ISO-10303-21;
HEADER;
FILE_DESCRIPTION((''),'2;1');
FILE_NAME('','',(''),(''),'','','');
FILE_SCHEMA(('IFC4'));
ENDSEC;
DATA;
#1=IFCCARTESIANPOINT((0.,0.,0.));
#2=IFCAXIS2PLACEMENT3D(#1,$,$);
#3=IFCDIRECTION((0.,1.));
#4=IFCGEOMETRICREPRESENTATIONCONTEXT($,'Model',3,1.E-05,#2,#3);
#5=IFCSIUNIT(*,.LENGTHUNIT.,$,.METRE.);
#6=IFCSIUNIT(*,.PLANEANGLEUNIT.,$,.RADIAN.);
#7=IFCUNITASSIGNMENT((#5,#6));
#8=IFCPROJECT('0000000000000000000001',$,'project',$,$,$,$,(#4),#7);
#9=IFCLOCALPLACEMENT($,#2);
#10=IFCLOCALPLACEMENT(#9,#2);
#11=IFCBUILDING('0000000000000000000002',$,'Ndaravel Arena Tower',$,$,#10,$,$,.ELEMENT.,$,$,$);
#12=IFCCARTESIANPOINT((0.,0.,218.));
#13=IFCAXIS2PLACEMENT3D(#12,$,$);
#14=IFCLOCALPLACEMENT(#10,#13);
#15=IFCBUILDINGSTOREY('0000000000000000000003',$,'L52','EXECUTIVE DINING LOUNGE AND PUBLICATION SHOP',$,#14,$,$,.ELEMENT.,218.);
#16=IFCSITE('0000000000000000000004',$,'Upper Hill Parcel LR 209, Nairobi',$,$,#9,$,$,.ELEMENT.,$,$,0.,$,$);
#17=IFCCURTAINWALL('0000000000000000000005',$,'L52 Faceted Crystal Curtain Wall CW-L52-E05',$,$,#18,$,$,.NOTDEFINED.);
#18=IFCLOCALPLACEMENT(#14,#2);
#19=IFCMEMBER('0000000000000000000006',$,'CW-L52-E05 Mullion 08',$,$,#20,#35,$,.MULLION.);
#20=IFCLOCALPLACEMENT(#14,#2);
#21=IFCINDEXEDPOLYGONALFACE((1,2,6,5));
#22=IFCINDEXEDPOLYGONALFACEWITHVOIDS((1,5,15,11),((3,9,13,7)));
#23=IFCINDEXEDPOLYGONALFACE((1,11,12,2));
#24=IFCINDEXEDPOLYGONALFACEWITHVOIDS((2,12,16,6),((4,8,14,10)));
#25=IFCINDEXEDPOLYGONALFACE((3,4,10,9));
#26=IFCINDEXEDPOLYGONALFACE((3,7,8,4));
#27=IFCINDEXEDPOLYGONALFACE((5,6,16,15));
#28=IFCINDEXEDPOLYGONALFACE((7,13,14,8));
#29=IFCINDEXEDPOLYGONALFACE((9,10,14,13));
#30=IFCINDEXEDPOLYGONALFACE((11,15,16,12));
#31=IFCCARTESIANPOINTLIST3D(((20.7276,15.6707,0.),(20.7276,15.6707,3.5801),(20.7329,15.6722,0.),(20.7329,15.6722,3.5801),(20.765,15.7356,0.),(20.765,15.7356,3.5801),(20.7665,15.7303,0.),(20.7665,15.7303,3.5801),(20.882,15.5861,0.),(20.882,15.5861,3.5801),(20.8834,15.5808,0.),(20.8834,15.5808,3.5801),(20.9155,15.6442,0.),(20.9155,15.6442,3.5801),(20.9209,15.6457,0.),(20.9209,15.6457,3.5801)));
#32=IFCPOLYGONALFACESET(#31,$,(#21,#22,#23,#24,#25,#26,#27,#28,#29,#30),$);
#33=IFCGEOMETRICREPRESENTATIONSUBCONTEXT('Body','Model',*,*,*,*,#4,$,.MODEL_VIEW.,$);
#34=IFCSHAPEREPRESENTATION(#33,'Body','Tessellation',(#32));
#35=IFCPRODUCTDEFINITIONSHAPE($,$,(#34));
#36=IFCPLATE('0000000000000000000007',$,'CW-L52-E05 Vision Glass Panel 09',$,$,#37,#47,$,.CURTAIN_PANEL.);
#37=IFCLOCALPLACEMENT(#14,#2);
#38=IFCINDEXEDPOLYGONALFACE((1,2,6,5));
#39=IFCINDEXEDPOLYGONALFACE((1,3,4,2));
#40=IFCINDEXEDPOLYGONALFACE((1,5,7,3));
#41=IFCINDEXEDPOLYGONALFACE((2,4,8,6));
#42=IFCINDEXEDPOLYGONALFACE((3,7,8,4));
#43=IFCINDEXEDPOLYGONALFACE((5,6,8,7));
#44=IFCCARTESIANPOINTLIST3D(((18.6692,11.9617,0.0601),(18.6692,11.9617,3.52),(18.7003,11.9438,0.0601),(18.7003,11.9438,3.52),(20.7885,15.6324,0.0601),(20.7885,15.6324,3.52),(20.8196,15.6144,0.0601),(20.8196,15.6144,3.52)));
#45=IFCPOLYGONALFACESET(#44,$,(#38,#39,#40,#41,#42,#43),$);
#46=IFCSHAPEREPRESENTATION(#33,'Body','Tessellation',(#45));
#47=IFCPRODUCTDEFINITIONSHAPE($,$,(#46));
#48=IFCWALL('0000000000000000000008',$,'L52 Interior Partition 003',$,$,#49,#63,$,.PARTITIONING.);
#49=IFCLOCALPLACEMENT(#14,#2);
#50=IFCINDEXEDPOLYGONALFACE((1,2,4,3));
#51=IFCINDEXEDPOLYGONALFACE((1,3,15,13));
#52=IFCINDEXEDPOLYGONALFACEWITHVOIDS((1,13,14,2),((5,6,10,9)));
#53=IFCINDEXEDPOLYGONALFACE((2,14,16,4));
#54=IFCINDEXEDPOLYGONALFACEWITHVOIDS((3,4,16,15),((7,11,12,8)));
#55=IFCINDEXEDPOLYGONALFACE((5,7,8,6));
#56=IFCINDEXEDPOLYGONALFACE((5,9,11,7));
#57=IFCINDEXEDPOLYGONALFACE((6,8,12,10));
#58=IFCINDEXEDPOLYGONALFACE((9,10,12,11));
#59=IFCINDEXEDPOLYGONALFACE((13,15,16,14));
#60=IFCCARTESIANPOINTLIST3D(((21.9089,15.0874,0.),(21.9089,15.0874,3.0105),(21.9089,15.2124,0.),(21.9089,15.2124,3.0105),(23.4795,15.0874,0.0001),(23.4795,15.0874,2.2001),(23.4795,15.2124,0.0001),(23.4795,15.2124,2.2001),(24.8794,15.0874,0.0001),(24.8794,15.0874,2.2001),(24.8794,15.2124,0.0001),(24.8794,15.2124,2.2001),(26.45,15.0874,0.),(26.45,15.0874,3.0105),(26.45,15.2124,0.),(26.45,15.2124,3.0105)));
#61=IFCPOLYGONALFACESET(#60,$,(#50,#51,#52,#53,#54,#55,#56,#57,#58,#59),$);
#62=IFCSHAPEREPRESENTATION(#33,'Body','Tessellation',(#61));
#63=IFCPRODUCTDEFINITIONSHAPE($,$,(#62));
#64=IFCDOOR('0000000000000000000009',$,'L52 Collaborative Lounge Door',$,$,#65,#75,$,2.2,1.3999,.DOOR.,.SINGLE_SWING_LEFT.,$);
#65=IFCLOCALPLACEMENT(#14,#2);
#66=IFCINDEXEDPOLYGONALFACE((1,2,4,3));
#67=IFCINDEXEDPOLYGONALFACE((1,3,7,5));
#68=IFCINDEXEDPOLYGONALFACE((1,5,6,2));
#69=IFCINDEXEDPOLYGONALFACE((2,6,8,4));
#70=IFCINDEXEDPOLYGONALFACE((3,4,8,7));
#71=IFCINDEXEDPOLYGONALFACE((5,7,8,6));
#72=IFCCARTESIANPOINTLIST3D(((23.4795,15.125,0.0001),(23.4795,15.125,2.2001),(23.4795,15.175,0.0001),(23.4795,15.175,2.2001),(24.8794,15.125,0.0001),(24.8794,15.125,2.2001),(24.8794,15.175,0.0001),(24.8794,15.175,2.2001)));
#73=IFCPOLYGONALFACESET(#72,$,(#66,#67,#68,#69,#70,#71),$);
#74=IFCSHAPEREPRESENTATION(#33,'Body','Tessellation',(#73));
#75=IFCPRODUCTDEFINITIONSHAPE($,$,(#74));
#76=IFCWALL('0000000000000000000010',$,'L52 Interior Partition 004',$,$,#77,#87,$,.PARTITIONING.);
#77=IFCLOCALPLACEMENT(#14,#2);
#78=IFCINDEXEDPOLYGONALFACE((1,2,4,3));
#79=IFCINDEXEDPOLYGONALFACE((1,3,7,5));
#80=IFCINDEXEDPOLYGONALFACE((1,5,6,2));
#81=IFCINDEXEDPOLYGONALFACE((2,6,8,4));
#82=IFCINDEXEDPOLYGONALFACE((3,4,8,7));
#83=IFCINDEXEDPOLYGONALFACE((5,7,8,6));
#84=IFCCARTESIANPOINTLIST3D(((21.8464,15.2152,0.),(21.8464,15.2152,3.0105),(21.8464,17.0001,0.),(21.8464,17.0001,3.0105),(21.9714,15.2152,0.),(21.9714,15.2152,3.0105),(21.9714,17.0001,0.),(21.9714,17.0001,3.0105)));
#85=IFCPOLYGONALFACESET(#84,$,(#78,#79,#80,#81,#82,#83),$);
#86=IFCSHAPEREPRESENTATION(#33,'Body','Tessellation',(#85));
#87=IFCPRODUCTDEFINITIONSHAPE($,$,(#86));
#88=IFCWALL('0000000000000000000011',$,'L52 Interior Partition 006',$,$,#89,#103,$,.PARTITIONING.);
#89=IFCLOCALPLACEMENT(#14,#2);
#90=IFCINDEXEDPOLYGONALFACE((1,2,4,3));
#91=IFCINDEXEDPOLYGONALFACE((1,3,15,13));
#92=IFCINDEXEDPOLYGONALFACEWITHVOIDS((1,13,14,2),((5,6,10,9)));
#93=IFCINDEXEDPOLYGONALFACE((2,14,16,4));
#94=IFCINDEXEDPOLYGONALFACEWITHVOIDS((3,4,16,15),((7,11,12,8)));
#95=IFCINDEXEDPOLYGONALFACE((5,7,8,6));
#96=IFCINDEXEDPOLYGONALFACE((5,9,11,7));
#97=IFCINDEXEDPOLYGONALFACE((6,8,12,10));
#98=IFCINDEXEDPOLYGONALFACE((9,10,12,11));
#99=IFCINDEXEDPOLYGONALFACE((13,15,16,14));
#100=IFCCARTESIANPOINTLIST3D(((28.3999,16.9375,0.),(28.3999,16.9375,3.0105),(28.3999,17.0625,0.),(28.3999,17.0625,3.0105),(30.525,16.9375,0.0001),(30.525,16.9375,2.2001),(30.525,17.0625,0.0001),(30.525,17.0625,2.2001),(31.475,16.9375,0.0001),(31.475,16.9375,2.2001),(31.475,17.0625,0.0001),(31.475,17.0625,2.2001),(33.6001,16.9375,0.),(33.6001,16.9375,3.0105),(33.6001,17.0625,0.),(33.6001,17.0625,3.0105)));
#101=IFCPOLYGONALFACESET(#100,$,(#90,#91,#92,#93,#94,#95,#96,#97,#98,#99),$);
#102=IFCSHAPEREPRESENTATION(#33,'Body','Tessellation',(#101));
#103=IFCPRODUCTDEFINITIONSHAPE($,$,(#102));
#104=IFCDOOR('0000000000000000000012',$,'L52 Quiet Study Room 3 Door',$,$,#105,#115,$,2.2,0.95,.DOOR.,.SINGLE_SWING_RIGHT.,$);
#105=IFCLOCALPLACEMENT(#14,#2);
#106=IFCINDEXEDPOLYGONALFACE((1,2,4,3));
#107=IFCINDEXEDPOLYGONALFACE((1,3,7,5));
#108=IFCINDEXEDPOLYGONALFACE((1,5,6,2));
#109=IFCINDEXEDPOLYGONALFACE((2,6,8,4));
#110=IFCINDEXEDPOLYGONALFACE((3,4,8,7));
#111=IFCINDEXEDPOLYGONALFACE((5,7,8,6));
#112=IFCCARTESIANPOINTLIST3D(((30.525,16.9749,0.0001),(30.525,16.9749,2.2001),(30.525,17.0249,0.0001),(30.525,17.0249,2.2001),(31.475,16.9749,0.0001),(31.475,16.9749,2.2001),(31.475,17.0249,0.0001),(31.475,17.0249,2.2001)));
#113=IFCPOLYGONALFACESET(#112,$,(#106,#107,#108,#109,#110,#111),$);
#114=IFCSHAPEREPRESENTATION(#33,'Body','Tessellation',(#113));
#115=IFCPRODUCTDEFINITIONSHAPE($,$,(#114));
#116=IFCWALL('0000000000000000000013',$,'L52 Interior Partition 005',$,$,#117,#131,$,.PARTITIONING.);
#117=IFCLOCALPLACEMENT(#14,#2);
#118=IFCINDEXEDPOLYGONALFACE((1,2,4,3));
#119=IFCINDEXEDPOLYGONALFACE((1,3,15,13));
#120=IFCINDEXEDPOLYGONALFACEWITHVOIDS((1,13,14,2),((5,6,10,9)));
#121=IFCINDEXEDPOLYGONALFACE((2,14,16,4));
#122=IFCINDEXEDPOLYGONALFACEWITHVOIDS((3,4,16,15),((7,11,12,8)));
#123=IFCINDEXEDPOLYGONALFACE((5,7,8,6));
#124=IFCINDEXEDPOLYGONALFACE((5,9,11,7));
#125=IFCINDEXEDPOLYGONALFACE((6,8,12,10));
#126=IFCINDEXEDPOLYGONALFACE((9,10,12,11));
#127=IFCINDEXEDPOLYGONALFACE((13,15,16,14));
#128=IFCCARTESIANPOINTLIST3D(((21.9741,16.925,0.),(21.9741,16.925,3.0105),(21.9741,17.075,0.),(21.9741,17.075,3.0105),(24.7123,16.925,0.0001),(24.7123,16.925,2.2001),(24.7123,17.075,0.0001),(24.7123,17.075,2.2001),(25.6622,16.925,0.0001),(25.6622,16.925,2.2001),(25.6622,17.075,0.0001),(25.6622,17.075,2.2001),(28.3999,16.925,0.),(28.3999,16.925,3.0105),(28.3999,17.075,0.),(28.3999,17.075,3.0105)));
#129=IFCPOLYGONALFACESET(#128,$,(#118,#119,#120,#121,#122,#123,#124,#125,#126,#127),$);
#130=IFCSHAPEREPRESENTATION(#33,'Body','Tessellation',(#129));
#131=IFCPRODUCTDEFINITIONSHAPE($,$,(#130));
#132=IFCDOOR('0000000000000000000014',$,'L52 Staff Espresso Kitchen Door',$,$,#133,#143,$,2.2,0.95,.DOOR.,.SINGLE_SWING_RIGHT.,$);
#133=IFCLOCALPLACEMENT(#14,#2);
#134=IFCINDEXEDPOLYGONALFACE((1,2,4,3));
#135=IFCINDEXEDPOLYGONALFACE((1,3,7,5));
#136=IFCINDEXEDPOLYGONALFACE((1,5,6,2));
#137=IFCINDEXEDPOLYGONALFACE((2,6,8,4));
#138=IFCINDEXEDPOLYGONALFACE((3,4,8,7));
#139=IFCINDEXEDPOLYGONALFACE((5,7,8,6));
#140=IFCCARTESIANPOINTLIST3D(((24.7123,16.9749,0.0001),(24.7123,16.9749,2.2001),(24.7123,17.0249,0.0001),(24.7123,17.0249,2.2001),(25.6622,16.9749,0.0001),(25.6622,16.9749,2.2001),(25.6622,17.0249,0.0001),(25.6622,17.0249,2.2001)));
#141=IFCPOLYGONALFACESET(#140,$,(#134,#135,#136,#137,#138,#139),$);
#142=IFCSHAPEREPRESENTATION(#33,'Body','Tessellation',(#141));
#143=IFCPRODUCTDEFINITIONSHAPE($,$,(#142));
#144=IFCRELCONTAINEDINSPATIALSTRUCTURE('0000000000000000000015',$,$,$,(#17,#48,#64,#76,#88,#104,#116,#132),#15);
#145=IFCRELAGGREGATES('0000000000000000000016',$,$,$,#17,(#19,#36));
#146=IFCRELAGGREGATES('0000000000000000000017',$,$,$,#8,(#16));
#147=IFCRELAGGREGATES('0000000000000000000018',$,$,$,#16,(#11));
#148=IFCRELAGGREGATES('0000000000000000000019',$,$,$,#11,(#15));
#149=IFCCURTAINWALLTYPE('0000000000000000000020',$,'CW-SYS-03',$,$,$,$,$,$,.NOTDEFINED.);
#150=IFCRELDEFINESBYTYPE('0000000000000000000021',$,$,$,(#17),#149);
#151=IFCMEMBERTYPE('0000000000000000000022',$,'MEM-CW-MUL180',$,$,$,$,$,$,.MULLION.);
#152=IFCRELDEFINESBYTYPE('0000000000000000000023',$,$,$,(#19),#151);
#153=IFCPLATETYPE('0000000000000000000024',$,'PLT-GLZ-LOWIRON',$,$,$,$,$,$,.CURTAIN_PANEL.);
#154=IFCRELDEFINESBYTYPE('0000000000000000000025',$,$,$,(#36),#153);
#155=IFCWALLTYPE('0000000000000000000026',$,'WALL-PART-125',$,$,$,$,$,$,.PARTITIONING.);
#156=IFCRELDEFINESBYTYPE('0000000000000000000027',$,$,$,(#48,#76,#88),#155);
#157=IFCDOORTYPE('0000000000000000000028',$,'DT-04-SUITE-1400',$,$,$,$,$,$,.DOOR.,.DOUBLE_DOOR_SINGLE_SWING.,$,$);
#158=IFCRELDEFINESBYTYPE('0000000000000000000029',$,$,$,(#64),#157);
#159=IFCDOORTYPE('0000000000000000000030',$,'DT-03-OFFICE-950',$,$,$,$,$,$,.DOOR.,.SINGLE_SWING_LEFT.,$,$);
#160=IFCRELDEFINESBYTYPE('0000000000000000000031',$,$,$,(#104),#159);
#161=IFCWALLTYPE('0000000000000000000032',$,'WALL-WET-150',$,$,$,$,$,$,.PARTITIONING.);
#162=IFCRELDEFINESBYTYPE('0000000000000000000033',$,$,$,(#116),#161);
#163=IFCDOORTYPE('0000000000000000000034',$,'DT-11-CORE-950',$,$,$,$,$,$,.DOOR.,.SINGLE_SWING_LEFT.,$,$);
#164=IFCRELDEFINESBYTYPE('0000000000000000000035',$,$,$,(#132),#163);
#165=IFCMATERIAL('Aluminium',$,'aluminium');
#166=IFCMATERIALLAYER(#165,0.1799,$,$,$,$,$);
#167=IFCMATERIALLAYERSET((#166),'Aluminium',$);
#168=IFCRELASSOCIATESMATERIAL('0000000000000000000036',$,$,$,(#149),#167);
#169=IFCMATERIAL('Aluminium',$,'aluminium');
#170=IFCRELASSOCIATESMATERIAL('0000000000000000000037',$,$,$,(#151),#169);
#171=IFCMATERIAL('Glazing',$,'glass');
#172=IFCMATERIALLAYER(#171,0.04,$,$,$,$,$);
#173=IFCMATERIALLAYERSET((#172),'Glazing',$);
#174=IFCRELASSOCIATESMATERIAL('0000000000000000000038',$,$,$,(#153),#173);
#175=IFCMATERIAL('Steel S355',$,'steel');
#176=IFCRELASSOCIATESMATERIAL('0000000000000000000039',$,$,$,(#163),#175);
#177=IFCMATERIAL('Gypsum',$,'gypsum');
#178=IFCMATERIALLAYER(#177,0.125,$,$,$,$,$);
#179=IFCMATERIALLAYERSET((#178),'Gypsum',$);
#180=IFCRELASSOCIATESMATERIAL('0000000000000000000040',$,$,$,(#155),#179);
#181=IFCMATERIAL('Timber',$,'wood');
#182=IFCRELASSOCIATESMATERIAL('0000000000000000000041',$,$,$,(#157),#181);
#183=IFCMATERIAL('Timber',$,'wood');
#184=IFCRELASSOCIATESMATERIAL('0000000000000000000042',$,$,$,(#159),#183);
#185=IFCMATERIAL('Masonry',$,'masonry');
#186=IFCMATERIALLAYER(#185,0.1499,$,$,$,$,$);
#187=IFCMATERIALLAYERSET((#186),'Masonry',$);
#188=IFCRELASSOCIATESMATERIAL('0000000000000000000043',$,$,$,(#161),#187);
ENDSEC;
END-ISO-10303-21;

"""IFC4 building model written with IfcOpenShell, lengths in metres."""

from ifc_helpers import new_model, si_unit, direction, frame, frame_2d, origin, origin_2d, place, context, subcontext, project, spatial, rectangle, hollow_rectangle, extrude, material, layer, layer_set, material_profile, profile_set, type_object, element, fill, aggregate, save


model = new_model("IFC4")

# Units and contexts
model_context = context("Model", 3, precision=1e-05, world=origin(), true_north=direction((0.0, 1.0)))
body_context = subcontext(model_context, "Body", "Model", "MODEL_VIEW")
ifc_project = project(units=[si_unit("LENGTHUNIT", "METRE"), si_unit("PLANEANGLEUNIT", "RADIAN")], contexts=[model_context])

# Site, building, storey
site_placement = place(None, origin())
site = spatial("IfcSite", under=ifc_project, at=site_placement, Name="Upper Hill Parcel LR 209, Nairobi", CompositionType="ELEMENT", RefElevation=0.0)
building_placement = place(site_placement, origin())
building = spatial("IfcBuilding", under=site, at=building_placement, Name="Ndaravel Arena Tower", CompositionType="ELEMENT")
storey_placement = place(building_placement, frame((0.0, 0.0, 218.0)))
storey = spatial("IfcBuildingStorey", under=building, at=storey_placement, Name="L52", Description="EXECUTIVE DINING LOUNGE AND PUBLICATION SHOP", CompositionType="ELEMENT", Elevation=218.0)

# Curtain wall, member, plate
ifc_material_1 = material(Name="Aluminium", Category="aluminium")
ifc_layer_1 = layer(ifc_material_1, 0.1799)
ifc_layer_set_1 = layer_set([ifc_layer_1], Name="Aluminium")
curtain_wall_type = type_object("IfcCurtainWallType", Name="CW-SYS-03", PredefinedType="NOTDEFINED", material=ifc_layer_set_1)
curtain_wall_placement = place(storey_placement, origin())
curtain_wall = element("IfcCurtainWall", 1, at=curtain_wall_placement, inside=storey, type_object=curtain_wall_type, Name="L52 Faceted Crystal Curtain Wall CW-L52-E05", PredefinedType="NOTDEFINED")
ifc_material_2 = material(Name="Aluminium", Category="aluminium")
ifc_material_profile = material_profile(ifc_material_2, hollow_rectangle(XDim=0.075, YDim=0.1799, WallThickness=0.0039, at=origin_2d()), Name="CW MULLION 75x180x4")
ifc_profile_set = profile_set([ifc_material_profile], Name="Aluminium")
member_type = type_object("IfcMemberType", Name="MEM-CW-MUL180", PredefinedType="MULLION", material=ifc_profile_set)
member_placement = place(storey_placement, frame((20.8242, 15.6582, 0.0), z_axis=(0.0, 0.0, 1.0), x_axis=(-0.5, -0.866025, 0.0)))
member = element("IfcMember", 2, at=member_placement, type_object=member_type, Name="CW-L52-E05 Mullion 08", PredefinedType="MULLION", context=body_context, shape_type="SweptSolid", body=[
    extrude(hollow_rectangle(XDim=0.075, YDim=0.1799, WallThickness=0.0039, at=origin_2d()), origin(), (0.0, 0.0, 1.0), 3.5801),
])
ifc_material_3 = material(Name="Glazing", Category="glass")
ifc_layer_2 = layer(ifc_material_3, 0.04)
ifc_layer_set_2 = layer_set([ifc_layer_2], Name="Glazing")
plate_type = type_object("IfcPlateType", Name="PLT-GLZ-LOWIRON", PredefinedType="CURTAIN_PANEL", material=ifc_layer_set_2)
plate_placement = place(storey_placement, frame((19.7444, 13.7881, 0.0601), z_axis=(0.0, 0.0, 1.0), x_axis=(-0.5, -0.866025, 0.0)))
plate = element("IfcPlate", 3, at=plate_placement, type_object=plate_type, Name="CW-L52-E05 Vision Glass Panel 09", PredefinedType="CURTAIN_PANEL", context=body_context, shape_type="SweptSolid", body=[
    extrude(rectangle(XDim=4.2385, YDim=0.0359, at=origin_2d()), origin(), (0.0, 0.0, 1.0), 3.46),
])
aggregate(curtain_wall, [member, plate])

# Shared definitions
ifc_material_4 = material(Name="Steel S355", Category="steel")
door_type_1 = type_object("IfcDoorType", Name="DT-11-CORE-950", OperationType="SINGLE_SWING_LEFT", PredefinedType="DOOR", material=ifc_material_4)

# Wall, opening, door
ifc_material_5 = material(Name="Gypsum", Category="gypsum")
ifc_layer_3 = layer(ifc_material_5, 0.125)
ifc_layer_set_3 = layer_set([ifc_layer_3], Name="Gypsum")
wall_type_1 = type_object("IfcWallType", Name="WALL-PART-125", PredefinedType="PARTITIONING", material=ifc_layer_set_3)
wall_1_placement = place(storey_placement, frame((26.45, 15.1499, 0.0), z_axis=(0.0, 0.0, 1.0), x_axis=(-1.0, 0.0, 0.0)))
wall_1 = element("IfcWall", 4, at=wall_1_placement, inside=storey, type_object=wall_type_1, Name="L52 Interior Partition 003", PredefinedType="PARTITIONING", context=body_context, shape_type="SweptSolid", body=[
    extrude(rectangle(XDim=4.541, YDim=0.125, at=frame_2d((2.2705, 0.0))), origin(), (0.0, 0.0, 1.0), 3.0105),
])
opening_1_placement = place(wall_1_placement, frame((1.5706, 0.0, 0.0)))
opening_1 = element("IfcOpeningElement", 5, at=opening_1_placement, cuts=wall_1, PredefinedType="OPENING", context=body_context, shape_type="SweptSolid", body=[
    extrude(rectangle(XDim=1.3999, YDim=2.2, at=frame_2d((0.7, 1.1001))), frame((0.0, 0.0625, 0.0), z_axis=(0.0, -1.0, 0.0), x_axis=(1.0, 0.0, 0.0)), (0.0, 0.0, 1.0), 0.125),
])
ifc_material_6 = material(Name="Timber", Category="wood")
door_type_2 = type_object("IfcDoorType", Name="DT-04-SUITE-1400", OperationType="DOUBLE_DOOR_SINGLE_SWING", PredefinedType="DOOR", material=ifc_material_6)
door_1_placement = place(opening_1_placement, origin())
door_1 = element("IfcDoor", 6, at=door_1_placement, inside=storey, type_object=door_type_2, Name="L52 Collaborative Lounge Door", OperationType="SINGLE_SWING_LEFT", OverallHeight=2.2, OverallWidth=1.3999, PredefinedType="DOOR", context=body_context, shape_type="SweptSolid", body=[
    extrude(rectangle(XDim=1.3999, YDim=2.2, at=frame_2d((0.7, 1.1001))), frame((0.0, 0.0249, 0.0), z_axis=(0.0, -1.0, 0.0), x_axis=(1.0, 0.0, 0.0)), (0.0, 0.0, 1.0), 0.05),
])
fill(opening_1, door_1)

# Wall
wall_2_placement = place(storey_placement, frame((21.9089, 15.2151, 0.0), z_axis=(0.0, 0.0, 1.0), x_axis=(0.0, 1.0, 0.0)))
element("IfcWall", 7, at=wall_2_placement, inside=storey, type_object=wall_type_1, Name="L52 Interior Partition 004", PredefinedType="PARTITIONING", context=body_context, shape_type="SweptSolid", body=[
    extrude(rectangle(XDim=1.7849, YDim=0.125, at=frame_2d((0.8926, 0.0))), origin(), (0.0, 0.0, 1.0), 3.0105),
])

# Walls, openings, doors
wall_3_placement = place(storey_placement, frame((28.3999, 17.0, 0.0), z_axis=(0.0, 0.0, 1.0), x_axis=(1.0, 0.0, 0.0)))
wall_3 = element("IfcWall", 8, at=wall_3_placement, inside=storey, type_object=wall_type_1, Name="L52 Interior Partition 006", PredefinedType="PARTITIONING", context=body_context, shape_type="SweptSolid", body=[
    extrude(rectangle(XDim=5.2002, YDim=0.125, at=frame_2d((2.6001, 0.0))), origin(), (0.0, 0.0, 1.0), 3.0105),
])
opening_2_placement = place(wall_3_placement, frame((2.125, 0.0, 0.0)))
opening_2 = element("IfcOpeningElement", 9, at=opening_2_placement, cuts=wall_3, PredefinedType="OPENING", context=body_context, shape_type="SweptSolid", body=[
    extrude(rectangle(XDim=0.95, YDim=2.2, at=frame_2d((0.4751, 1.1001))), frame((0.0, 0.0625, 0.0), z_axis=(0.0, -1.0, 0.0), x_axis=(1.0, 0.0, 0.0)), (0.0, 0.0, 1.0), 0.125),
])
ifc_material_7 = material(Name="Timber", Category="wood")
door_type_3 = type_object("IfcDoorType", Name="DT-03-OFFICE-950", OperationType="SINGLE_SWING_LEFT", PredefinedType="DOOR", material=ifc_material_7)
door_2_placement = place(opening_2_placement, origin())
door_2 = element("IfcDoor", 10, at=door_2_placement, inside=storey, type_object=door_type_3, Name="L52 Quiet Study Room 3 Door", OperationType="SINGLE_SWING_RIGHT", OverallHeight=2.2, OverallWidth=0.95, PredefinedType="DOOR", context=body_context, shape_type="SweptSolid", body=[
    extrude(rectangle(XDim=0.95, YDim=2.2, at=frame_2d((0.4751, 1.1001))), frame((0.0, 0.0249, 0.0), z_axis=(0.0, -1.0, 0.0), x_axis=(1.0, 0.0, 0.0)), (0.0, 0.0, 1.0), 0.05),
])
fill(opening_2, door_2)
ifc_material_8 = material(Name="Masonry", Category="masonry")
ifc_layer_4 = layer(ifc_material_8, 0.1499)
ifc_layer_set_4 = layer_set([ifc_layer_4], Name="Masonry")
wall_type_2 = type_object("IfcWallType", Name="WALL-WET-150", PredefinedType="PARTITIONING", material=ifc_layer_set_4)
wall_4_placement = place(storey_placement, frame((21.9741, 17.0, 0.0), z_axis=(0.0, 0.0, 1.0), x_axis=(1.0, 0.0, 0.0)))
wall_4 = element("IfcWall", 11, at=wall_4_placement, inside=storey, type_object=wall_type_2, Name="L52 Interior Partition 005", PredefinedType="PARTITIONING", context=body_context, shape_type="SweptSolid", body=[
    extrude(rectangle(XDim=6.4258, YDim=0.1499, at=frame_2d((3.2129, 0.0))), origin(), (0.0, 0.0, 1.0), 3.0105),
])
opening_3_placement = place(wall_4_placement, frame((2.738, 0.0, 0.0)))
opening_3 = element("IfcOpeningElement", 12, at=opening_3_placement, cuts=wall_4, PredefinedType="OPENING", context=body_context, shape_type="SweptSolid", body=[
    extrude(rectangle(XDim=0.95, YDim=2.2, at=frame_2d((0.4751, 1.1001))), frame((0.0, 0.075, 0.0), z_axis=(0.0, -1.0, 0.0), x_axis=(1.0, 0.0, 0.0)), (0.0, 0.0, 1.0), 0.1499),
])
door_3_placement = place(opening_3_placement, origin())
door_3 = element("IfcDoor", 13, at=door_3_placement, inside=storey, type_object=door_type_1, Name="L52 Staff Espresso Kitchen Door", OperationType="SINGLE_SWING_RIGHT", OverallHeight=2.2, OverallWidth=0.95, PredefinedType="DOOR", context=body_context, shape_type="SweptSolid", body=[
    extrude(rectangle(XDim=0.95, YDim=2.2, at=frame_2d((0.4751, 1.1001))), frame((0.0, 0.0249, 0.0), z_axis=(0.0, -1.0, 0.0), x_axis=(1.0, 0.0, 0.0)), (0.0, 0.0, 1.0), 0.05),
])
fill(opening_3, door_3)

save(model, "model.ifc")
